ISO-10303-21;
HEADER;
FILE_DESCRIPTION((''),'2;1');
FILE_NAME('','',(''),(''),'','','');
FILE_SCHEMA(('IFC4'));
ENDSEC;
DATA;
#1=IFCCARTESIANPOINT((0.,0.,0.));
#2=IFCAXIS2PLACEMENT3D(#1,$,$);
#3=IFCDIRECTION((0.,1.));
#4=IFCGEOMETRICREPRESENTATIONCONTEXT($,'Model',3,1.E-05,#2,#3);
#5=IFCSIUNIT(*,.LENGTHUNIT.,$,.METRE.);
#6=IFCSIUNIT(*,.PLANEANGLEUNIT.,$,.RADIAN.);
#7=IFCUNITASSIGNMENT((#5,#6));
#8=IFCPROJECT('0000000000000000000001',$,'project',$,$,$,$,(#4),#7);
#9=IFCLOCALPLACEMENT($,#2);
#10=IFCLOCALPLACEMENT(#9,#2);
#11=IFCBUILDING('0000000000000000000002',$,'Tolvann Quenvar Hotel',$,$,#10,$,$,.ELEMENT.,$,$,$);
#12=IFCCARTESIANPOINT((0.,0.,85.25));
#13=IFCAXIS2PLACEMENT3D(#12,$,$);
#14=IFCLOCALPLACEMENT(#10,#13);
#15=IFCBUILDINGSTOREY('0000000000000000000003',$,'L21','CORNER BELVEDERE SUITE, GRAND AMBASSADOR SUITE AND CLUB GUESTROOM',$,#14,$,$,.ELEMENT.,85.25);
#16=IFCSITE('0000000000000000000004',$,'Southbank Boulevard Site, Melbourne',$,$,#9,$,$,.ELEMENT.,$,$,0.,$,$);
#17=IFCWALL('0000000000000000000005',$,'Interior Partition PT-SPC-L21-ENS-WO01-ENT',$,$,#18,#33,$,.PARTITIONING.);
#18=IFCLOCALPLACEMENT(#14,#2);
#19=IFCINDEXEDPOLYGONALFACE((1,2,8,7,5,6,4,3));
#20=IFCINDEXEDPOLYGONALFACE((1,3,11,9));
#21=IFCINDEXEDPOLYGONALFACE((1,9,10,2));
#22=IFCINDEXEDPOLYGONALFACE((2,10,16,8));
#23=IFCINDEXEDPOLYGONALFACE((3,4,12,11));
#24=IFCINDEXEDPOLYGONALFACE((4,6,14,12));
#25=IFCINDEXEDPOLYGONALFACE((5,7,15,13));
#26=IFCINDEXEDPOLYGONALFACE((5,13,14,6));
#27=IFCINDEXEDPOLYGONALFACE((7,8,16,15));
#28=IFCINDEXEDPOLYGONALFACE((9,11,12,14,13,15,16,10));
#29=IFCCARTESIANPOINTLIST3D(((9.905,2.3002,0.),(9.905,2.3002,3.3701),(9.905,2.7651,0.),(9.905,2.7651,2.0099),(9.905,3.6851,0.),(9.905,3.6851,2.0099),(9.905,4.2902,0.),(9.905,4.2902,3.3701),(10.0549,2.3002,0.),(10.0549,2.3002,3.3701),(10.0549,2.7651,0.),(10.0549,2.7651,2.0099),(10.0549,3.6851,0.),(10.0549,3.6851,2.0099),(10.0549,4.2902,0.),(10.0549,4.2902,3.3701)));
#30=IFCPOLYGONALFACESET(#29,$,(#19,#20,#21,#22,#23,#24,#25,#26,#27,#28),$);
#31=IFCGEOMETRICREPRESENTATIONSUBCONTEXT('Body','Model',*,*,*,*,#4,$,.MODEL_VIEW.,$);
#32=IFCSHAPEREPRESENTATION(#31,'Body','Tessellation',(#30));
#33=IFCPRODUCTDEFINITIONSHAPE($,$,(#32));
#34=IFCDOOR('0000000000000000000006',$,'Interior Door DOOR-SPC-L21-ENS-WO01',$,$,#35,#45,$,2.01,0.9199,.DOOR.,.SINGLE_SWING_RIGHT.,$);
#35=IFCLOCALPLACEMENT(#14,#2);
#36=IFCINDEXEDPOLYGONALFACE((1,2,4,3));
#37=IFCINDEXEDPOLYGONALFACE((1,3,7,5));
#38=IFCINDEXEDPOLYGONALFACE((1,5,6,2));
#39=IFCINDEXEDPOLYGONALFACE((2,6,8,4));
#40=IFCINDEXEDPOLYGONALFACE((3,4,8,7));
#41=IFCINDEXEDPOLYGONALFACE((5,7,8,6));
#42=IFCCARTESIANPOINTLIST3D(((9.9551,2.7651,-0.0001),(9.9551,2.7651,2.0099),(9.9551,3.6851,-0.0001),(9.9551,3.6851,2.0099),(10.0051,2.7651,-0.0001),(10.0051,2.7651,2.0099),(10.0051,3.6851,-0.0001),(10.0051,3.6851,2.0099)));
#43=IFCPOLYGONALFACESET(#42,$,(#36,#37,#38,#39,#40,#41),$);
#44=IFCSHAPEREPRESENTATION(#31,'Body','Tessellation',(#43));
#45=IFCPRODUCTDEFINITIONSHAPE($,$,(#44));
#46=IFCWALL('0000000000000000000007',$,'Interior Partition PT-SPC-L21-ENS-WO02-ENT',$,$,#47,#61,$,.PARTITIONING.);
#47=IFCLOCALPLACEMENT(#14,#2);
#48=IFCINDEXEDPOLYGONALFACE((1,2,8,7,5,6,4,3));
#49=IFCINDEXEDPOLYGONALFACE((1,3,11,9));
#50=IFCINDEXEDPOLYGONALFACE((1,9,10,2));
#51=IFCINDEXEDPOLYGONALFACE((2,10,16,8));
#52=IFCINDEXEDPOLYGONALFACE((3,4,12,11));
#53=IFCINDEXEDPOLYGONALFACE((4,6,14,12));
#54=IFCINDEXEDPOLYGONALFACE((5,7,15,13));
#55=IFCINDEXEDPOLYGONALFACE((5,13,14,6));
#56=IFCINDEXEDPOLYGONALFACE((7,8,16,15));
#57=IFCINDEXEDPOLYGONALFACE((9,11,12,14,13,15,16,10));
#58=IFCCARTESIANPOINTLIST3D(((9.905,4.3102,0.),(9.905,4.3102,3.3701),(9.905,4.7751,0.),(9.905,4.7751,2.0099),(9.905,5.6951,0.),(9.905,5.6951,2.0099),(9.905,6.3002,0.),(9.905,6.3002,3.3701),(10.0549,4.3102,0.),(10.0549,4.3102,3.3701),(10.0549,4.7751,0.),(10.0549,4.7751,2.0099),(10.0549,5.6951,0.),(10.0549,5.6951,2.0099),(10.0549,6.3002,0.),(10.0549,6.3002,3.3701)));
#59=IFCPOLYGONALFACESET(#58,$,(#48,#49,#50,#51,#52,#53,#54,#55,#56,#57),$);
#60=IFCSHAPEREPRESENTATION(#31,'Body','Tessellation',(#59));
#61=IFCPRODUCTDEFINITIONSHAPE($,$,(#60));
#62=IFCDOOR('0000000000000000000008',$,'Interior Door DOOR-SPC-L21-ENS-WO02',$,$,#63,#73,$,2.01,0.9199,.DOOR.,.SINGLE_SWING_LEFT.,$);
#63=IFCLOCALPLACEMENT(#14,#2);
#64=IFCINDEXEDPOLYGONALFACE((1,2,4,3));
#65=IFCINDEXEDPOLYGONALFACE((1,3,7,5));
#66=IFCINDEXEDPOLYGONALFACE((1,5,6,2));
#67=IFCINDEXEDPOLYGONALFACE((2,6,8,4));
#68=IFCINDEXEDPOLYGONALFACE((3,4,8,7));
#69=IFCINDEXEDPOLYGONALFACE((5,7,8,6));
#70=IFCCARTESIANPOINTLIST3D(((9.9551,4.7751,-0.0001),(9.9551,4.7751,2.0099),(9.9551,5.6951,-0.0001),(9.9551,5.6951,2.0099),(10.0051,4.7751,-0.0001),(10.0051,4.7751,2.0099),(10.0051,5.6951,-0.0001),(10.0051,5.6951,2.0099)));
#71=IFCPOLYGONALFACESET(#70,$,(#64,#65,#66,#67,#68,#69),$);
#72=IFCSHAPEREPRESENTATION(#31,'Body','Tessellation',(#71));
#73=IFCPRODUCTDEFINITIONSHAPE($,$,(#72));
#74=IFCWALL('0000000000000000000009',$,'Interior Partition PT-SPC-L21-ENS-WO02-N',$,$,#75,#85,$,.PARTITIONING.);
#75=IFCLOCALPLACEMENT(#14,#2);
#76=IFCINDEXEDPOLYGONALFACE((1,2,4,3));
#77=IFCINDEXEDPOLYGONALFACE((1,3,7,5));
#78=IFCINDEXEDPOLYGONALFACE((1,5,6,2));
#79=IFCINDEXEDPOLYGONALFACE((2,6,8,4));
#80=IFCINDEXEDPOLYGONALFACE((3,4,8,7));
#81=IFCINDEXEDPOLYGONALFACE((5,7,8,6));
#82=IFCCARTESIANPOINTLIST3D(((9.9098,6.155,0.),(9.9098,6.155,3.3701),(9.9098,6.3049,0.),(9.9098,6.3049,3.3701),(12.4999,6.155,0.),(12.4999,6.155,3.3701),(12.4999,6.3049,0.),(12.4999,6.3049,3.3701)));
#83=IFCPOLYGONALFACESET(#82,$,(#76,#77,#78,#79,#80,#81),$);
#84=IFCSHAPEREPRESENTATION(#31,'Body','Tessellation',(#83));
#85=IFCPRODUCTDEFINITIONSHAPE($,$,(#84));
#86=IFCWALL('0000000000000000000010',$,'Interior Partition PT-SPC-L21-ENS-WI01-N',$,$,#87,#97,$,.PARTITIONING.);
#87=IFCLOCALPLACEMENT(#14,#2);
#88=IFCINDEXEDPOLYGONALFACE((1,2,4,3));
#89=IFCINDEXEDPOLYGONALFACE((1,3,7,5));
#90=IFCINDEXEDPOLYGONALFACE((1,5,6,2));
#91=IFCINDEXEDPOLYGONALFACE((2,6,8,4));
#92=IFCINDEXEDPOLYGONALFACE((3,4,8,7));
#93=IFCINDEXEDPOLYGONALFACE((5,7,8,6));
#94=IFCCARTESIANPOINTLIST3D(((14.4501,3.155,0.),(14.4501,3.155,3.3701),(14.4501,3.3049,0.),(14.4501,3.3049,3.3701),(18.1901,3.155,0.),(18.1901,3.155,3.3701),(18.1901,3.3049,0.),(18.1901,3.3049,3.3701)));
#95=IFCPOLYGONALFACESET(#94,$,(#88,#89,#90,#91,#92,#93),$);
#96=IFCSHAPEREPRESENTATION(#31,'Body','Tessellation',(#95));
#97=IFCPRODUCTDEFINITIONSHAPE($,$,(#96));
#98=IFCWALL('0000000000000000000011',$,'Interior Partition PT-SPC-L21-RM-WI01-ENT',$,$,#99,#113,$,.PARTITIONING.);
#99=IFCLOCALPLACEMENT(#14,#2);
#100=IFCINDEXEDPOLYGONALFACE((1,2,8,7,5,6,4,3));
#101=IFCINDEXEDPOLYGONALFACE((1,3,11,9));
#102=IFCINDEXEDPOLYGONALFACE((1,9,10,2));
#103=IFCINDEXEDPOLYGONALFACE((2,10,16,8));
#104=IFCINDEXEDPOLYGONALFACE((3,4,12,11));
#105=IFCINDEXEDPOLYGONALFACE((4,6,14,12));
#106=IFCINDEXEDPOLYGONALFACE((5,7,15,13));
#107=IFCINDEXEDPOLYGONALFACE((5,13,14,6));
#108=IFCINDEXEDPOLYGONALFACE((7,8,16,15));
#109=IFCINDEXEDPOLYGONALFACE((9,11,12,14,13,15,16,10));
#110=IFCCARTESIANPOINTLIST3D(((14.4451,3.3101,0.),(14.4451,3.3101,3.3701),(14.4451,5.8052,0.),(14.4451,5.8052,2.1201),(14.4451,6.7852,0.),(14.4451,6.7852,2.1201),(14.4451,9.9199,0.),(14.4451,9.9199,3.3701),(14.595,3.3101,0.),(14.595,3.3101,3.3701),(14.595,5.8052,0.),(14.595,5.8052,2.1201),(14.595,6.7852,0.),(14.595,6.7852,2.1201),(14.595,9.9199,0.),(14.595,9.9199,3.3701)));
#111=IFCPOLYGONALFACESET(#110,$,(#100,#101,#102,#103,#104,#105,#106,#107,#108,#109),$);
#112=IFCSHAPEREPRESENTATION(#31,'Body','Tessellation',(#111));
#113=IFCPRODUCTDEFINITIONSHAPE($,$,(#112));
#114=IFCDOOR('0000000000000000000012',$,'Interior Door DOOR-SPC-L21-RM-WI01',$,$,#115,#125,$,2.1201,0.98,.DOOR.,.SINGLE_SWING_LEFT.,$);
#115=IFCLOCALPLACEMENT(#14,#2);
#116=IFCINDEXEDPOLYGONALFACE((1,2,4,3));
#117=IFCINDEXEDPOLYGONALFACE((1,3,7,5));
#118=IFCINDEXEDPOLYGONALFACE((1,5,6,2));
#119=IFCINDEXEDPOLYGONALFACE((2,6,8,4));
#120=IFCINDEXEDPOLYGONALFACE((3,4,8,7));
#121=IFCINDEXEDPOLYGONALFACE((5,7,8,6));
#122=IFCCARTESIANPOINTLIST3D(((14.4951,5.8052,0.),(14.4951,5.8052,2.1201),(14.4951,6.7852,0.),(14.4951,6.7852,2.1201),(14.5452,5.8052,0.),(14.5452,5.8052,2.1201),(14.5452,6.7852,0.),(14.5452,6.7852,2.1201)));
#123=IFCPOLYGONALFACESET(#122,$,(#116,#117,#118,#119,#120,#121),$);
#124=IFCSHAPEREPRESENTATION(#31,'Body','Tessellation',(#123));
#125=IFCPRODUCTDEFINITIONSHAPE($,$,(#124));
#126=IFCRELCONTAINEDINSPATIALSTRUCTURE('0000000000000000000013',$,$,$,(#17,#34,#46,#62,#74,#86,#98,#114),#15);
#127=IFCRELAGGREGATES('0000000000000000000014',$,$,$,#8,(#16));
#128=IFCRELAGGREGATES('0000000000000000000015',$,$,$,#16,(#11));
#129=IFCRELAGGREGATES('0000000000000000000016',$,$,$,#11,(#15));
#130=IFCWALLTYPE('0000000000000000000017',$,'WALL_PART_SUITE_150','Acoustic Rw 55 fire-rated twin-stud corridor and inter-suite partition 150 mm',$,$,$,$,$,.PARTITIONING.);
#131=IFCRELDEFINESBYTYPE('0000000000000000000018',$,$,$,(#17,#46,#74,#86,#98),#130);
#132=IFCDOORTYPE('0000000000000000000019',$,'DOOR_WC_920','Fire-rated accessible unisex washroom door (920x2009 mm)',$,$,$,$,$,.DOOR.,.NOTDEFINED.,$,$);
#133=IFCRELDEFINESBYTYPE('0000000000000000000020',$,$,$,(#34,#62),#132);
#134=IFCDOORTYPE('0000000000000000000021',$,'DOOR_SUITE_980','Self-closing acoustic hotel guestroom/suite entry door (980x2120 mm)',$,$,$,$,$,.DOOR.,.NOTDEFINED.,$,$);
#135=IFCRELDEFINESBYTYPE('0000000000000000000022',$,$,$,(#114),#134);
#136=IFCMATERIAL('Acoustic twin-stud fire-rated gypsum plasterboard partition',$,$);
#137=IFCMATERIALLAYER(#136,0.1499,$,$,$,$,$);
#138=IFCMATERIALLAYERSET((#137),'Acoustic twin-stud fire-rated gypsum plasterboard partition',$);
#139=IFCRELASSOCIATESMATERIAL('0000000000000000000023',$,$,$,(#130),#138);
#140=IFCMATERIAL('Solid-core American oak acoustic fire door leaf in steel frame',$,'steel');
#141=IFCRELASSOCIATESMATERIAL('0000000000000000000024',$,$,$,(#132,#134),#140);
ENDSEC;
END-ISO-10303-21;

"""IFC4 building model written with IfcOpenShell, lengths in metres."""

from ifc_helpers import new_model, si_unit, direction, frame, frame_2d, origin, place, context, subcontext, project, spatial, rectangle, extrude, source, transform, mapped, material, layer, layer_set, type_object, type_shapes, element, fill, save


model = new_model("IFC4")

# Units and contexts
model_context = context("Model", 3, precision=1e-05, world=origin(), true_north=direction((0.0, 1.0)))
body_context = subcontext(model_context, "Body", "Model", "MODEL_VIEW")
ifc_project = project(units=[si_unit("LENGTHUNIT", "METRE"), si_unit("PLANEANGLEUNIT", "RADIAN")], contexts=[model_context])

# Site, building, storey
site_placement = place(None, origin())
site = spatial("IfcSite", under=ifc_project, at=site_placement, Name="Southbank Boulevard Site, Melbourne", CompositionType="ELEMENT", RefElevation=0.0)
building_placement = place(site_placement, origin())
building = spatial("IfcBuilding", under=site, at=building_placement, Name="Tolvann Quenvar Hotel", CompositionType="ELEMENT")
storey_placement = place(building_placement, frame((0.0, 0.0, 85.25)))
storey = spatial("IfcBuildingStorey", under=building, at=storey_placement, Name="L21", Description="CORNER BELVEDERE SUITE, GRAND AMBASSADOR SUITE AND CLUB GUESTROOM", CompositionType="ELEMENT", Elevation=85.25)

# Walls, openings, doors
ifc_material_1 = material(Name="Acoustic twin-stud fire-rated gypsum plasterboard partition")
ifc_layer_1 = layer(ifc_material_1, 0.1499)
ifc_layer_set_1 = layer_set([ifc_layer_1], Name="Acoustic twin-stud fire-rated gypsum plasterboard partition")
wall_type_1 = type_object("IfcWallType", Name="WALL_PART_SUITE_150", Description="Acoustic Rw 55 fire-rated twin-stud corridor and inter-suite partition 150 mm", PredefinedType="PARTITIONING", material=ifc_layer_set_1)
wall_1_placement = place(storey_placement, frame((9.98, 2.3, 0.0), z_axis=(0.0, 0.0, 1.0), x_axis=(0.0, 1.0, 0.0)))
wall_1 = element("IfcWall", 1, at=wall_1_placement, inside=storey, type_object=wall_type_1, Name="Interior Partition PT-SPC-L21-ENS-WO01-ENT", PredefinedType="PARTITIONING", context=body_context, shape_type="SweptSolid", body=[
    extrude(rectangle(XDim=1.99, YDim=0.1499, at=frame_2d((0.9951, 0.0))), origin(), (0.0, 0.0, 1.0), 3.3701),
])
opening_1_placement = place(wall_1_placement, frame((0.4651, 0.0, 0.0)))
opening_1 = element("IfcOpeningElement", 2, at=opening_1_placement, cuts=wall_1, PredefinedType="OPENING", context=body_context, shape_type="SweptSolid", body=[
    extrude(rectangle(XDim=0.9199, YDim=2.01, at=frame_2d((0.46, 1.0049))), frame((0.0, 0.085, 0.0), z_axis=(0.0, -1.0, 0.0), x_axis=(1.0, 0.0, 0.0)), (0.0, 0.0, 1.0), 0.1699),
])
ifc_material_2 = material(Name="Solid-core American oak acoustic fire door leaf in steel frame", Category="steel")
door_type_1 = type_object("IfcDoorType", Name="DOOR_WC_920", Description="Fire-rated accessible unisex washroom door (920x2009 mm)", OperationType="NOTDEFINED", PredefinedType="DOOR", material=ifc_material_2)
shared_shape_1 = source(origin(), body_context, "Body", "SweptSolid", [
    extrude(rectangle(XDim=0.9199, YDim=2.01, at=frame_2d((0.46, 1.0049))), frame((0.0, 0.0249, 0.0), z_axis=(0.0, -1.0, 0.0), x_axis=(1.0, 0.0, 0.0)), (0.0, 0.0, 1.0), 0.05),
])
type_shapes(door_type_1, [shared_shape_1])
door_1_placement = place(opening_1_placement, origin())
door_1 = element("IfcDoor", 3, at=door_1_placement, inside=storey, type_object=door_type_1, Name="Interior Door DOOR-SPC-L21-ENS-WO01", OperationType="SINGLE_SWING_RIGHT", OverallHeight=2.01, OverallWidth=0.9199, PredefinedType="DOOR", context=body_context, shape_type="MappedRepresentation", body=[
    mapped(shared_shape_1, transform((0.0, 0.0, 0.0), x_axis=(1.0, 0.0, 0.0), y_axis=(0.0, 1.0, 0.0), z_axis=(0.0, 0.0, 1.0), scale=1.0)),
])
fill(opening_1, door_1)
wall_2_placement = place(storey_placement, frame((9.98, 4.3101, 0.0), z_axis=(0.0, 0.0, 1.0), x_axis=(0.0, 1.0, 0.0)))
wall_2 = element("IfcWall", 4, at=wall_2_placement, inside=storey, type_object=wall_type_1, Name="Interior Partition PT-SPC-L21-ENS-WO02-ENT", PredefinedType="PARTITIONING", context=body_context, shape_type="SweptSolid", body=[
    extrude(rectangle(XDim=1.99, YDim=0.1499, at=frame_2d((0.9951, 0.0))), origin(), (0.0, 0.0, 1.0), 3.3701),
])
opening_2_placement = place(wall_2_placement, frame((0.4651, 0.0, 0.0)))
opening_2 = element("IfcOpeningElement", 5, at=opening_2_placement, cuts=wall_2, PredefinedType="OPENING", context=body_context, shape_type="SweptSolid", body=[
    extrude(rectangle(XDim=0.9199, YDim=2.01, at=frame_2d((0.46, 1.0049))), frame((0.0, 0.085, 0.0), z_axis=(0.0, -1.0, 0.0), x_axis=(1.0, 0.0, 0.0)), (0.0, 0.0, 1.0), 0.1699),
])
door_2_placement = place(opening_2_placement, origin())
door_2 = element("IfcDoor", 6, at=door_2_placement, inside=storey, type_object=door_type_1, Name="Interior Door DOOR-SPC-L21-ENS-WO02", OperationType="SINGLE_SWING_LEFT", OverallHeight=2.01, OverallWidth=0.9199, PredefinedType="DOOR", context=body_context, shape_type="MappedRepresentation", body=[
    mapped(shared_shape_1, transform((0.0, 0.0, 0.0), x_axis=(1.0, 0.0, 0.0), y_axis=(0.0, 1.0, 0.0), z_axis=(0.0, 0.0, 1.0), scale=1.0)),
])
fill(opening_2, door_2)

# Walls
wall_3_placement = place(storey_placement, frame((9.9099, 6.23, 0.0), z_axis=(0.0, 0.0, 1.0), x_axis=(1.0, 0.0, 0.0)))
element("IfcWall", 7, at=wall_3_placement, inside=storey, type_object=wall_type_1, Name="Interior Partition PT-SPC-L21-ENS-WO02-N", PredefinedType="PARTITIONING", context=body_context, shape_type="SweptSolid", body=[
    extrude(rectangle(XDim=2.5901, YDim=0.1499, at=frame_2d((1.2949, 0.0))), origin(), (0.0, 0.0, 1.0), 3.3701),
])
wall_4_placement = place(storey_placement, frame((14.45, 3.23, 0.0), z_axis=(0.0, 0.0, 1.0), x_axis=(1.0, 0.0, 0.0)))
element("IfcWall", 8, at=wall_4_placement, inside=storey, type_object=wall_type_1, Name="Interior Partition PT-SPC-L21-ENS-WI01-N", PredefinedType="PARTITIONING", context=body_context, shape_type="SweptSolid", body=[
    extrude(rectangle(XDim=3.74, YDim=0.1499, at=frame_2d((1.8701, 0.0))), origin(), (0.0, 0.0, 1.0), 3.3701),
])

# Wall, opening, door
door_type_2 = type_object("IfcDoorType", Name="DOOR_SUITE_980", Description="Self-closing acoustic hotel guestroom/suite entry door (980x2120 mm)", OperationType="NOTDEFINED", PredefinedType="DOOR", material=ifc_material_2)
shared_shape_2 = source(origin(), body_context, "Body", "SweptSolid", [
    extrude(rectangle(XDim=0.98, YDim=2.1201, at=frame_2d((0.49, 1.0601))), frame((0.0, 0.0249, 0.0), z_axis=(0.0, -1.0, 0.0), x_axis=(1.0, 0.0, 0.0)), (0.0, 0.0, 1.0), 0.05),
])
type_shapes(door_type_2, [shared_shape_2])
wall_5_placement = place(storey_placement, frame((14.52, 3.3101, 0.0), z_axis=(0.0, 0.0, 1.0), x_axis=(0.0, 1.0, 0.0)))
wall_5 = element("IfcWall", 9, at=wall_5_placement, inside=storey, type_object=wall_type_1, Name="Interior Partition PT-SPC-L21-RM-WI01-ENT", PredefinedType="PARTITIONING", context=body_context, shape_type="SweptSolid", body=[
    extrude(rectangle(XDim=6.6099, YDim=0.1499, at=frame_2d((3.3049, 0.0))), origin(), (0.0, 0.0, 1.0), 3.3701),
])
opening_3_placement = place(wall_5_placement, frame((2.4951, 0.0, 0.0)))
opening_3 = element("IfcOpeningElement", 10, at=opening_3_placement, cuts=wall_5, PredefinedType="OPENING", context=body_context, shape_type="SweptSolid", body=[
    extrude(rectangle(XDim=0.98, YDim=2.1201, at=frame_2d((0.49, 1.0601))), frame((0.0, 0.085, 0.0), z_axis=(0.0, -1.0, 0.0), x_axis=(1.0, 0.0, 0.0)), (0.0, 0.0, 1.0), 0.1699),
])
door_3_placement = place(opening_3_placement, origin())
door_3 = element("IfcDoor", 11, at=door_3_placement, inside=storey, type_object=door_type_2, Name="Interior Door DOOR-SPC-L21-RM-WI01", OperationType="SINGLE_SWING_LEFT", OverallHeight=2.1201, OverallWidth=0.98, PredefinedType="DOOR", context=body_context, shape_type="MappedRepresentation", body=[
    mapped(shared_shape_2, transform((0.0, 0.0, 0.0), x_axis=(1.0, 0.0, 0.0), y_axis=(0.0, 1.0, 0.0), z_axis=(0.0, 0.0, 1.0), scale=1.0)),
])
fill(opening_3, door_3)

save(model, "model.ifc")
